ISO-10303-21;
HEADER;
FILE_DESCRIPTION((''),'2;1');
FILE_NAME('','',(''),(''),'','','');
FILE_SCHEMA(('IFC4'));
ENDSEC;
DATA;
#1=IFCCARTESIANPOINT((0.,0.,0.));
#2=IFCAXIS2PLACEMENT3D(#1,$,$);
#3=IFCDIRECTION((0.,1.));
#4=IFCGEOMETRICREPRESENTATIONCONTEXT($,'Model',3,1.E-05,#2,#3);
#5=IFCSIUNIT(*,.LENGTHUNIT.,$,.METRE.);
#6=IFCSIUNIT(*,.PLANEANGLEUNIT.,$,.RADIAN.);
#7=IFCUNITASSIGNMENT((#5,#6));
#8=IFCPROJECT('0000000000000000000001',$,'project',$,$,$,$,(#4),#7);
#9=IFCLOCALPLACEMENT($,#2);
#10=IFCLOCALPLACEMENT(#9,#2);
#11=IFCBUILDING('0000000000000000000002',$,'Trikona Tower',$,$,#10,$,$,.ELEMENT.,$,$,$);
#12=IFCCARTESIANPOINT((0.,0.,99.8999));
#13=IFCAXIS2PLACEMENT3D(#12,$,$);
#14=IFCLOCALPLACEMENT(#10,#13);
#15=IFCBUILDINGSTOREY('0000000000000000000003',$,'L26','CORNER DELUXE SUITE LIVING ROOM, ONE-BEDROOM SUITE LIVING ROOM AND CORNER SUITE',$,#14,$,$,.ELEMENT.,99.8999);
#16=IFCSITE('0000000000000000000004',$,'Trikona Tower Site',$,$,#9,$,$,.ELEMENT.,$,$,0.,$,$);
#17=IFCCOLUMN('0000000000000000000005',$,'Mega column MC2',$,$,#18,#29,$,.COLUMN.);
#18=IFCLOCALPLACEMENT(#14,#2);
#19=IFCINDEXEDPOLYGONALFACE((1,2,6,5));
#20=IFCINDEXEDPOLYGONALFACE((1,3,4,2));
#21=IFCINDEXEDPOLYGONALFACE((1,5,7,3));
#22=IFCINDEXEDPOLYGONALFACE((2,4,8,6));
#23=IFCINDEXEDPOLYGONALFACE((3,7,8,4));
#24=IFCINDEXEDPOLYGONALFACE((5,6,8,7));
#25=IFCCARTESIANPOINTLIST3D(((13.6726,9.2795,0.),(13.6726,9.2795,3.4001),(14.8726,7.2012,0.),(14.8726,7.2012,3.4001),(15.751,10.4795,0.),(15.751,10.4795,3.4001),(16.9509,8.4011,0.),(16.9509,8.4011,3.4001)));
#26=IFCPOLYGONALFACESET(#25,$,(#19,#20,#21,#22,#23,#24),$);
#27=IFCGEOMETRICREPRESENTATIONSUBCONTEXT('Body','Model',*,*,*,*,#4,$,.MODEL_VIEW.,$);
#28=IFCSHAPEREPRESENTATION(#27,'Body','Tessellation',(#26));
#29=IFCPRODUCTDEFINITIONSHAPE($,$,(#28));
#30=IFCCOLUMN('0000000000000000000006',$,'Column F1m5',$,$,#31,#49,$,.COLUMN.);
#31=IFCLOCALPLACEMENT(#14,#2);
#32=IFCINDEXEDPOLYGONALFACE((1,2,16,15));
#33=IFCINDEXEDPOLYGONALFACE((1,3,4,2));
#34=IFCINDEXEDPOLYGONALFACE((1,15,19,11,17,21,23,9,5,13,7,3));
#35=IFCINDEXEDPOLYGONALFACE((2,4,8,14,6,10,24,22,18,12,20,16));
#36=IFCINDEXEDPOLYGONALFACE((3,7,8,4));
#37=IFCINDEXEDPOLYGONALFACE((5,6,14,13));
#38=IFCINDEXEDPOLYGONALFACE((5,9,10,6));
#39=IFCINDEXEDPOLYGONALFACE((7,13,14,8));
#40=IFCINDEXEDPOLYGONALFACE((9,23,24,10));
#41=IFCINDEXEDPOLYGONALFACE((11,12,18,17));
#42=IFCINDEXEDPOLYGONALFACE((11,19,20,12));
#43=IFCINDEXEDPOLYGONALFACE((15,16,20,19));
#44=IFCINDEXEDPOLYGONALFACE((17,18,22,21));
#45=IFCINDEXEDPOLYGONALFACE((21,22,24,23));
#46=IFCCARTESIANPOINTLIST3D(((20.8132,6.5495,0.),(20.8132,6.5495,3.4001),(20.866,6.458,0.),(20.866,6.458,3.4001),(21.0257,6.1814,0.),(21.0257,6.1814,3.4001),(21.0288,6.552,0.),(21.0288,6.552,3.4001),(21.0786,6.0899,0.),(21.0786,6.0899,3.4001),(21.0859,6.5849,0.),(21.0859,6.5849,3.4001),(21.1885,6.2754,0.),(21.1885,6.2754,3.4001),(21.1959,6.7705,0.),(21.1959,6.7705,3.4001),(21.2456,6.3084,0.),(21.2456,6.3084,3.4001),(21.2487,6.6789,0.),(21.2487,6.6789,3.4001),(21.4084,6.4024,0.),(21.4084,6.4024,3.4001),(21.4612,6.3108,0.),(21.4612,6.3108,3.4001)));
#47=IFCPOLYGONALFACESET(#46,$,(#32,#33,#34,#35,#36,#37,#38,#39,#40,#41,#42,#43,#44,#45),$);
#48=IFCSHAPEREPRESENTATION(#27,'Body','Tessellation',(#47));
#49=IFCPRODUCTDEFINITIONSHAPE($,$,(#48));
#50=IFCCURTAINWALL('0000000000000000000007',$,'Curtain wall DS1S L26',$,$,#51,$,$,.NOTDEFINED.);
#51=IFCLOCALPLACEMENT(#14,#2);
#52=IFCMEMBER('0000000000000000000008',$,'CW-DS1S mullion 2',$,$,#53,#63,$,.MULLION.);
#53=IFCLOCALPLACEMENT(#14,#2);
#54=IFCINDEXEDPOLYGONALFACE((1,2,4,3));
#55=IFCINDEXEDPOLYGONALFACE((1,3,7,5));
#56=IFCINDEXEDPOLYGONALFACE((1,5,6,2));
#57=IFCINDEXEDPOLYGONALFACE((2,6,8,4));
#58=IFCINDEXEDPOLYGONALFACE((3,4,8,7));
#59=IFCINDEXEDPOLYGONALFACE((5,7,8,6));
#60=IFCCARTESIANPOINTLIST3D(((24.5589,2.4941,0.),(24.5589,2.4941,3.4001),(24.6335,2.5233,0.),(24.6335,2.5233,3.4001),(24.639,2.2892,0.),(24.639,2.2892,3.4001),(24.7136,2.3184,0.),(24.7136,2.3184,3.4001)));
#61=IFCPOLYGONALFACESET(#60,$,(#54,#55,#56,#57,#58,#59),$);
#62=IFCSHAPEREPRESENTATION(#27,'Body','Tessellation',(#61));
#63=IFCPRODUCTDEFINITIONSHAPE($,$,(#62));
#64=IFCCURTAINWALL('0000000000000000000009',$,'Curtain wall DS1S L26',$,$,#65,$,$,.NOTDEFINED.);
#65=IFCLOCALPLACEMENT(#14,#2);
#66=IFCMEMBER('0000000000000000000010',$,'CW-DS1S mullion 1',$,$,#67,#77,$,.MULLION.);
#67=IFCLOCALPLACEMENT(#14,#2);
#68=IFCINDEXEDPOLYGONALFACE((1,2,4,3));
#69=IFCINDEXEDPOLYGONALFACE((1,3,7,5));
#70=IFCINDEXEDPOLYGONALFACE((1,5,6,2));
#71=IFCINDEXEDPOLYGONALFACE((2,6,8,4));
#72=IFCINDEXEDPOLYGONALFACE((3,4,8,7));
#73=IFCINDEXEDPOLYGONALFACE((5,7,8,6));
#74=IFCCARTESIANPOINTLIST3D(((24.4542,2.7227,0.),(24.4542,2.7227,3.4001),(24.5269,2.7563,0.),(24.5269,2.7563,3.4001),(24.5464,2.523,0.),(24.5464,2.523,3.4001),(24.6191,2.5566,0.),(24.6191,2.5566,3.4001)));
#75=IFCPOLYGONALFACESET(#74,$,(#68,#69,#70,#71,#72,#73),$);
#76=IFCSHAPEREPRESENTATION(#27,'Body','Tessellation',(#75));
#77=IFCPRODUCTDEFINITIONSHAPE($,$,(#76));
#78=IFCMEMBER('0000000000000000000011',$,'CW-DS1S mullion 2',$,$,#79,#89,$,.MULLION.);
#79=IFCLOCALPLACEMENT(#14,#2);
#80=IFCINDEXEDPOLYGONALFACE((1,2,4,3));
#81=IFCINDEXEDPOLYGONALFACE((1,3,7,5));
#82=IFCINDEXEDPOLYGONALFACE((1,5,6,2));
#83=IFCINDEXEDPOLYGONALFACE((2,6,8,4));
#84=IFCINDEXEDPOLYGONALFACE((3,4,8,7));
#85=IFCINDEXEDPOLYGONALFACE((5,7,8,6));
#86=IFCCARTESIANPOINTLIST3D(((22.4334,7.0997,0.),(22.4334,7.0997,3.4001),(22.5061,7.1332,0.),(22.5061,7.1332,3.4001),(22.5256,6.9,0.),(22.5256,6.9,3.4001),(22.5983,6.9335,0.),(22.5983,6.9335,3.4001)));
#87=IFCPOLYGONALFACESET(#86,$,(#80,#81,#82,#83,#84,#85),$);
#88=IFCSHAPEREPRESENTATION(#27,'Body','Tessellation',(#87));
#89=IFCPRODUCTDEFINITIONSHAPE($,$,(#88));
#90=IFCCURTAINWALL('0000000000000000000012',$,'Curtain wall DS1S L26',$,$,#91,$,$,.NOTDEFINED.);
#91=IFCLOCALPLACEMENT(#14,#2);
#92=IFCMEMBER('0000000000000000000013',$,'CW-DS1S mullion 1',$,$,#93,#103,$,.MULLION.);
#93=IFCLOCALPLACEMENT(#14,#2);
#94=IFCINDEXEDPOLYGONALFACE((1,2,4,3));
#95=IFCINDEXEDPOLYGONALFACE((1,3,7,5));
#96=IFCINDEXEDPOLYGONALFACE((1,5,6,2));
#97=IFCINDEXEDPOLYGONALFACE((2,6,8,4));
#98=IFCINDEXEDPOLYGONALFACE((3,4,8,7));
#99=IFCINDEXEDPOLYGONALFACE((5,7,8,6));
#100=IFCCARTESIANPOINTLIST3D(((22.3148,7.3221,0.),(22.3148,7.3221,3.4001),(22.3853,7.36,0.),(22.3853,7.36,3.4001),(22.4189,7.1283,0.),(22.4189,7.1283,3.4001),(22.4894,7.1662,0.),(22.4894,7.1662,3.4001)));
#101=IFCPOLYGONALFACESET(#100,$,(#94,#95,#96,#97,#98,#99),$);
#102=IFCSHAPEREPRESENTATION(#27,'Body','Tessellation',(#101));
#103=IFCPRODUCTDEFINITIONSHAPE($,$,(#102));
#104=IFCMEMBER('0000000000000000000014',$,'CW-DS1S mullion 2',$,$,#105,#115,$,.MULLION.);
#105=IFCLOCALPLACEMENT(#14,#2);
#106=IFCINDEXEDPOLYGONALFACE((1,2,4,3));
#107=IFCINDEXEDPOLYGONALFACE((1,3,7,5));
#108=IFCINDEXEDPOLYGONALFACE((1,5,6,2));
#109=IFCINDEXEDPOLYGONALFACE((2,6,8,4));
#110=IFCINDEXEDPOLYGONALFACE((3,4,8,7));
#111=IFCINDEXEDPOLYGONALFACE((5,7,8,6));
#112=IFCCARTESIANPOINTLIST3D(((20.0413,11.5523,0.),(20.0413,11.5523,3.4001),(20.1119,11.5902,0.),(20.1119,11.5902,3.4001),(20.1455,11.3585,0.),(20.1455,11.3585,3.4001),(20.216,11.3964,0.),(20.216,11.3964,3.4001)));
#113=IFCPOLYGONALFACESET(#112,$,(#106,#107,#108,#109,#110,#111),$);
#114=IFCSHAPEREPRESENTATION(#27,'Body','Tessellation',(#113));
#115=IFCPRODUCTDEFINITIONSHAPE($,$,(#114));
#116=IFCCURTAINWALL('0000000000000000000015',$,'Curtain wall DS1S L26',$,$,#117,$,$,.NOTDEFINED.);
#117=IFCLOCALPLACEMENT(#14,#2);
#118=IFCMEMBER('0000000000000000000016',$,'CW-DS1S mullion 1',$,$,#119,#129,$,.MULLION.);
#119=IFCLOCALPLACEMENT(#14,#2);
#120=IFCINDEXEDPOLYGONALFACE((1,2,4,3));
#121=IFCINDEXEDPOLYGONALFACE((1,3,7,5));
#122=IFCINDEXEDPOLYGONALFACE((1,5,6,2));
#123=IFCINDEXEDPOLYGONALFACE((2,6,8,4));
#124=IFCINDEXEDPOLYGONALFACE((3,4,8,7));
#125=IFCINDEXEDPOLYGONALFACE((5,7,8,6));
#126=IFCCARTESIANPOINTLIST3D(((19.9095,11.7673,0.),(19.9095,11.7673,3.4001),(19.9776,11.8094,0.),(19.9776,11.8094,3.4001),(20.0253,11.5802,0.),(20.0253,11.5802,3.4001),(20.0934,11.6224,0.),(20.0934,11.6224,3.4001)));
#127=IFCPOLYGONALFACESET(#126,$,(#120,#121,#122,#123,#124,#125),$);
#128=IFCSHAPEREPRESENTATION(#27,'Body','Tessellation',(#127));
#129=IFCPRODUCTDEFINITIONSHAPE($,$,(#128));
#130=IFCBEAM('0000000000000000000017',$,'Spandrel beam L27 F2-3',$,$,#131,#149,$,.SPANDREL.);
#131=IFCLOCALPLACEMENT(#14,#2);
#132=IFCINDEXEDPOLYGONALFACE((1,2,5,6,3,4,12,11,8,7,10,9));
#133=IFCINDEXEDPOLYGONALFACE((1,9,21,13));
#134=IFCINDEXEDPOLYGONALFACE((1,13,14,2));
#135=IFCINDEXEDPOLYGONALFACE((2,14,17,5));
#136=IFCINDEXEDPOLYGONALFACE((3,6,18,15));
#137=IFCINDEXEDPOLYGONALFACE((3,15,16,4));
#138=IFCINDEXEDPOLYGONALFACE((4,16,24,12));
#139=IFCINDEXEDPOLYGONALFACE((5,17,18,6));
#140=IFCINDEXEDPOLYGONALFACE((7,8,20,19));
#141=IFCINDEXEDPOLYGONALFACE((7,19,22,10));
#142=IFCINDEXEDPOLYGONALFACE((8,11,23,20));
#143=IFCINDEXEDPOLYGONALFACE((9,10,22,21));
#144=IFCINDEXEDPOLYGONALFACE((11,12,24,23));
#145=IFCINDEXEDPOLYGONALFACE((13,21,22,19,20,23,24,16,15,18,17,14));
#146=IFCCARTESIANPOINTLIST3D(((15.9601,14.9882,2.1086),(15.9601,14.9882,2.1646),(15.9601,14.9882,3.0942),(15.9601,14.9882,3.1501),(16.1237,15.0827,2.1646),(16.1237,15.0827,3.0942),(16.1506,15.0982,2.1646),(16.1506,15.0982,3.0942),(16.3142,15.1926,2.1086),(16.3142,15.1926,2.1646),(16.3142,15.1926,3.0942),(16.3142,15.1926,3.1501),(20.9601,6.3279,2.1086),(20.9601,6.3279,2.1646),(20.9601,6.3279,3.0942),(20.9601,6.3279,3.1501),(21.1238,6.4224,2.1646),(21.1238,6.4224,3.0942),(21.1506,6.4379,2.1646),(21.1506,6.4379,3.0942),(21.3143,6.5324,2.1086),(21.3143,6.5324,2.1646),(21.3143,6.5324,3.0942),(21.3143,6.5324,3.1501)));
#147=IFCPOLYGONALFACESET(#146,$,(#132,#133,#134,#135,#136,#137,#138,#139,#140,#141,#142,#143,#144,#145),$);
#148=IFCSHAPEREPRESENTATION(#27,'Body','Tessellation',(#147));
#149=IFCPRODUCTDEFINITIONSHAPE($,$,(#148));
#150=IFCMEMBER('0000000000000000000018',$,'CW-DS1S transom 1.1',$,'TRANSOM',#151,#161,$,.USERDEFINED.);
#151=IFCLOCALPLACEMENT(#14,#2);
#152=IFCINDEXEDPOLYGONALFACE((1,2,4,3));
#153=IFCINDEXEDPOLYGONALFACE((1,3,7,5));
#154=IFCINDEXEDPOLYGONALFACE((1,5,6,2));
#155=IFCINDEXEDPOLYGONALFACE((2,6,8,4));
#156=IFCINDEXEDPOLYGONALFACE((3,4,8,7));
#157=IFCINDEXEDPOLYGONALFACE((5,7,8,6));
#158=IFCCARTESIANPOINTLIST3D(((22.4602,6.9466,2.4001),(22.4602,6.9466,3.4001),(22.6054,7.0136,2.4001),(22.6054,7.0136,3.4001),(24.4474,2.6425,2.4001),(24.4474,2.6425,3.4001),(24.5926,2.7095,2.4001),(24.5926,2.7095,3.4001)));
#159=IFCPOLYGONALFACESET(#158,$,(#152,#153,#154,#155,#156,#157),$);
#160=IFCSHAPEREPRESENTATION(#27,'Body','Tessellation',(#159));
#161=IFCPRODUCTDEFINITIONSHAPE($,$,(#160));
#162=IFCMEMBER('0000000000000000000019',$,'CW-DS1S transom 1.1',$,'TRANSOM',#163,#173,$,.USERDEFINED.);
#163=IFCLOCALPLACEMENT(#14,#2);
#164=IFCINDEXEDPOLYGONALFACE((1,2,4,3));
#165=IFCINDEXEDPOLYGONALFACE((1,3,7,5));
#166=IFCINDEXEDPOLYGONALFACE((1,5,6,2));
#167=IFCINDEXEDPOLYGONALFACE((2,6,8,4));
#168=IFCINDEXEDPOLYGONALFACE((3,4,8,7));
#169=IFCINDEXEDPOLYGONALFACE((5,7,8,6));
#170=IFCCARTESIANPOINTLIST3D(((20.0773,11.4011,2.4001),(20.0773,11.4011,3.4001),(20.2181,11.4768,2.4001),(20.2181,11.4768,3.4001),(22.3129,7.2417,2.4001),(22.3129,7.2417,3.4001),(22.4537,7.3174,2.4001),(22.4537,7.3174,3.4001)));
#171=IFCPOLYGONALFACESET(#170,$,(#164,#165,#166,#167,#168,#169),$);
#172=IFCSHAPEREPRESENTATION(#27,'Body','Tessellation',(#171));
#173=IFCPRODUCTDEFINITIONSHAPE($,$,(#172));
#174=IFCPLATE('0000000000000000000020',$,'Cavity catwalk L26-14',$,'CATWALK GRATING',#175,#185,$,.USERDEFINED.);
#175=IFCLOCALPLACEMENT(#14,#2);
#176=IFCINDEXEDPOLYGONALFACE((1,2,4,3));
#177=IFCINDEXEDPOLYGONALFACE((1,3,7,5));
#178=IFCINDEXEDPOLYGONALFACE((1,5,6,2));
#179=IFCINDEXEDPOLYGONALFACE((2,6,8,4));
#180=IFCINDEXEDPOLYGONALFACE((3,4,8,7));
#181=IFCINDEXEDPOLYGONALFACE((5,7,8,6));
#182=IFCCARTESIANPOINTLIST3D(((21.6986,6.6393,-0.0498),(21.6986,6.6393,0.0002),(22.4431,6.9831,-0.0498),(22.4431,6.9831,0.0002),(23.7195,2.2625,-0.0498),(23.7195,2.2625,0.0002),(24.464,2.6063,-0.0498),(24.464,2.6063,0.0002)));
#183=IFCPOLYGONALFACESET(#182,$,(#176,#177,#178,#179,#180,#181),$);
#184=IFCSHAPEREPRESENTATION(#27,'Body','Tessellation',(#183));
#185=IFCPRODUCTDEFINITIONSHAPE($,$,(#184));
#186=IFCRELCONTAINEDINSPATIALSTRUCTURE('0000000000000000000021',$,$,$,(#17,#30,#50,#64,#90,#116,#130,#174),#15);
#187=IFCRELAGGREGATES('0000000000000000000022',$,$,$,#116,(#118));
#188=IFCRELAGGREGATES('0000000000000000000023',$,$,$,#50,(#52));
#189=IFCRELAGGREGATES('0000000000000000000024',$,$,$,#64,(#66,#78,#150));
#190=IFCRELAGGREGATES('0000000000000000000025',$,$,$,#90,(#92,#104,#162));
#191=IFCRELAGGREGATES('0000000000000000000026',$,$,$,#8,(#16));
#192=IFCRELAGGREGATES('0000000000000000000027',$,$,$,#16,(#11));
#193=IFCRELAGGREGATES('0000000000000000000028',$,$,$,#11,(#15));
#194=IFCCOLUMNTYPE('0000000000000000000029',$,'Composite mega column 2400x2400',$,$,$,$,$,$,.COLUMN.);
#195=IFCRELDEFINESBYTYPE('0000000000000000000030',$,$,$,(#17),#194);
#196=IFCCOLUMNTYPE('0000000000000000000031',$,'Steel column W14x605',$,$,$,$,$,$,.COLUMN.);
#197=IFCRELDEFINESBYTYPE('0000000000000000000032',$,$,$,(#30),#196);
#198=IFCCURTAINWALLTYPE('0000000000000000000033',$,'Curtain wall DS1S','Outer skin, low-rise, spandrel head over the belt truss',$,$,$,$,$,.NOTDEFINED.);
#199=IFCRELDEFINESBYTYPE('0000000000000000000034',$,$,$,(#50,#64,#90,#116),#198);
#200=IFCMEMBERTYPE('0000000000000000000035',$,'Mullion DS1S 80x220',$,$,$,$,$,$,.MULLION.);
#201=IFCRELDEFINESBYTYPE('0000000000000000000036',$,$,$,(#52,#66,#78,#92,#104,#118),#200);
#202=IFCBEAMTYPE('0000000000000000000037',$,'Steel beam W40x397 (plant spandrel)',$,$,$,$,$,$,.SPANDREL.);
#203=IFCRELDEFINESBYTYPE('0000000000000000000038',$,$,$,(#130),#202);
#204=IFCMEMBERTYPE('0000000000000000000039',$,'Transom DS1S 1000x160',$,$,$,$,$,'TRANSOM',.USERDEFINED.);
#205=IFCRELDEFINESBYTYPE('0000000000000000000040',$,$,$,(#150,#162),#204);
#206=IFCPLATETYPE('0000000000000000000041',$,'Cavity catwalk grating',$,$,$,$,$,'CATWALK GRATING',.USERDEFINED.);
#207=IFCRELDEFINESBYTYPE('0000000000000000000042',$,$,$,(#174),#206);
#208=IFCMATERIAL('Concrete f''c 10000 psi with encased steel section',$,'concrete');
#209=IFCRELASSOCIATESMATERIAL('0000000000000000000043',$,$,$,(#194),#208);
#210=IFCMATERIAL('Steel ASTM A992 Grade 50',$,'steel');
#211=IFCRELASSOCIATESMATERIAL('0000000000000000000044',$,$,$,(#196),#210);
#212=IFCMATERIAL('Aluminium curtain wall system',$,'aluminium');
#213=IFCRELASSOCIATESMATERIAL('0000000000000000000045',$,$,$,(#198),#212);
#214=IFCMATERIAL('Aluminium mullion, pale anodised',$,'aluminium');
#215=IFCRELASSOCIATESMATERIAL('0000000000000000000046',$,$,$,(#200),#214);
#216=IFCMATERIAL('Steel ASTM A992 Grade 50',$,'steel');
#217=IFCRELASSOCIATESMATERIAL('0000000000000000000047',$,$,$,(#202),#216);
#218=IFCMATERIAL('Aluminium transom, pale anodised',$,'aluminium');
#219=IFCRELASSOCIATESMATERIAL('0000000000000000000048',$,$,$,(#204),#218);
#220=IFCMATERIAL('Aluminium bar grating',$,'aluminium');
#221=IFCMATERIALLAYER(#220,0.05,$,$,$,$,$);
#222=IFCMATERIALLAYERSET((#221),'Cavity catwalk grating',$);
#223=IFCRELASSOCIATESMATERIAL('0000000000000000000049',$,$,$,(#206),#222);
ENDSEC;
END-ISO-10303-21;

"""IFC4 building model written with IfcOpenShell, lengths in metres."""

from ifc_helpers import new_model, si_unit, direction, frame, origin, origin_2d, place, context, subcontext, project, spatial, rectangle, i_section, extrude, material, layer, layer_set, material_profile, profile_set, type_object, element, aggregate, save


model = new_model("IFC4")

# Units and contexts
model_context = context("Model", 3, precision=1e-05, world=origin(), true_north=direction((0.0, 1.0)))
body_context = subcontext(model_context, "Body", "Model", "MODEL_VIEW")
ifc_project = project(units=[si_unit("LENGTHUNIT", "METRE"), si_unit("PLANEANGLEUNIT", "RADIAN")], contexts=[model_context])

# Site, building, storey
site_placement = place(None, origin())
site = spatial("IfcSite", under=ifc_project, at=site_placement, Name="Trikona Tower Site", CompositionType="ELEMENT", RefElevation=0.0)
building_placement = place(site_placement, origin())
building = spatial("IfcBuilding", under=site, at=building_placement, Name="Trikona Tower", CompositionType="ELEMENT")
storey_placement = place(building_placement, frame((0.0, 0.0, 99.8999)))
storey = spatial("IfcBuildingStorey", under=building, at=storey_placement, Name="L26", Description="CORNER DELUXE SUITE LIVING ROOM, ONE-BEDROOM SUITE LIVING ROOM AND CORNER SUITE", CompositionType="ELEMENT", Elevation=99.8999)

# Columns
ifc_material_1 = material(Name="Concrete f'c 10000 psi with encased steel section", Category="concrete")
ifc_material_profile_1 = material_profile(ifc_material_1, rectangle(XDim=2.3999, YDim=2.3999, at=origin_2d()), Name="MC2400")
ifc_profile_set_1 = profile_set([ifc_material_profile_1], Name="Concrete f'c 10000 psi with encased steel section")
column_type_1 = type_object("IfcColumnType", Name="Composite mega column 2400x2400", PredefinedType="COLUMN", material=ifc_profile_set_1)
column_1_placement = place(storey_placement, frame((15.3118, 8.8403, 0.0), z_axis=(0.0, 0.0, 1.0), x_axis=(0.866025, 0.5, 0.0)))
element("IfcColumn", 1, at=column_1_placement, inside=storey, type_object=column_type_1, Name="Mega column MC2", PredefinedType="COLUMN", context=body_context, shape_type="SweptSolid", body=[
    extrude(rectangle(XDim=2.3999, YDim=2.3999, at=origin_2d()), origin(), (0.0, 0.0, 1.0), 3.4001),
])
ifc_material_2 = material(Name="Steel ASTM A992 Grade 50", Category="steel")
ifc_material_profile_2 = material_profile(ifc_material_2, i_section(OverallWidth=0.4419, OverallDepth=0.5308, WebThickness=0.0659, FlangeThickness=0.1057, at=origin_2d()), Name="W14X605")
ifc_profile_set_2 = profile_set([ifc_material_profile_2], Name="Steel ASTM A992 Grade 50")
column_type_2 = type_object("IfcColumnType", Name="Steel column W14x605", PredefinedType="COLUMN", material=ifc_profile_set_2)
column_2_placement = place(storey_placement, frame((21.1372, 6.4302, 0.0), z_axis=(0.0, 0.0, 1.0), x_axis=(0.866025, 0.5, 0.0)))
element("IfcColumn", 2, at=column_2_placement, inside=storey, type_object=column_type_2, Name="Column F1m5", PredefinedType="COLUMN", context=body_context, shape_type="SweptSolid", body=[
    extrude(i_section(OverallWidth=0.4419, OverallDepth=0.5308, WebThickness=0.0659, FlangeThickness=0.1057, at=origin_2d()), origin(), (0.0, 0.0, 1.0), 3.4001),
])

# Curtain wall, member
ifc_material_3 = material(Name="Aluminium curtain wall system", Category="aluminium")
curtain_wall_type = type_object("IfcCurtainWallType", Name="Curtain wall DS1S", Description="Outer skin, low-rise, spandrel head over the belt truss", PredefinedType="NOTDEFINED", material=ifc_material_3)
curtain_wall_1_placement = place(storey_placement, origin())
curtain_wall_1 = element("IfcCurtainWall", 3, at=curtain_wall_1_placement, inside=storey, type_object=curtain_wall_type, Name="Curtain wall DS1S L26", PredefinedType="NOTDEFINED")
ifc_material_4 = material(Name="Aluminium mullion, pale anodised", Category="aluminium")
ifc_material_profile_3 = material_profile(ifc_material_4, rectangle(XDim=0.0801, YDim=0.22, at=origin_2d()), Name="MUL-DS1S")
ifc_profile_set_3 = profile_set([ifc_material_profile_3], Name="Aluminium mullion, pale anodised")
member_type_1 = type_object("IfcMemberType", Name="Mullion DS1S 80x220", PredefinedType="MULLION", material=ifc_profile_set_3)
member_1_placement = place(storey_placement, frame((24.6362, 2.4062, 0.0), z_axis=(0.0, 0.0, 1.0), x_axis=(-0.931396, -0.364008, 0.0)))
member_1 = element("IfcMember", 4, at=member_1_placement, type_object=member_type_1, Name="CW-DS1S mullion 2", PredefinedType="MULLION", context=body_context, shape_type="SweptSolid", body=[
    extrude(rectangle(XDim=0.0801, YDim=0.22, at=origin_2d()), origin(), (0.0, 0.0, 1.0), 3.4001),
])

# Curtain walls, members
curtain_wall_2_placement = place(storey_placement, origin())
curtain_wall_2 = element("IfcCurtainWall", 5, at=curtain_wall_2_placement, inside=storey, type_object=curtain_wall_type, Name="Curtain wall DS1S L26", PredefinedType="NOTDEFINED")
member_2_placement = place(storey_placement, frame((24.5366, 2.6396, 0.0), z_axis=(0.0, 0.0, 1.0), x_axis=(-0.907898, -0.41919, 0.0)))
member_2 = element("IfcMember", 6, at=member_2_placement, type_object=member_type_1, Name="CW-DS1S mullion 1", PredefinedType="MULLION", context=body_context, shape_type="SweptSolid", body=[
    extrude(rectangle(XDim=0.0801, YDim=0.22, at=origin_2d()), origin(), (0.0, 0.0, 1.0), 3.4001),
])
member_3_placement = place(storey_placement, frame((22.5159, 7.0166, 0.0), z_axis=(0.0, 0.0, 1.0), x_axis=(-0.907898, -0.41919, 0.0)))
member_3 = element("IfcMember", 7, at=member_3_placement, type_object=member_type_1, Name="CW-DS1S mullion 2", PredefinedType="MULLION", context=body_context, shape_type="SweptSolid", body=[
    extrude(rectangle(XDim=0.0801, YDim=0.22, at=origin_2d()), origin(), (0.0, 0.0, 1.0), 3.4001),
])
curtain_wall_3_placement = place(storey_placement, origin())
curtain_wall_3 = element("IfcCurtainWall", 8, at=curtain_wall_3_placement, inside=storey, type_object=curtain_wall_type, Name="Curtain wall DS1S L26", PredefinedType="NOTDEFINED")
member_4_placement = place(storey_placement, frame((22.4021, 7.2441, 0.0), z_axis=(0.0, 0.0, 1.0), x_axis=(-0.880843, -0.473408, 0.0)))
member_4 = element("IfcMember", 9, at=member_4_placement, type_object=member_type_1, Name="CW-DS1S mullion 1", PredefinedType="MULLION", context=body_context, shape_type="SweptSolid", body=[
    extrude(rectangle(XDim=0.0801, YDim=0.22, at=origin_2d()), origin(), (0.0, 0.0, 1.0), 3.4001),
])
member_5_placement = place(storey_placement, frame((20.1287, 11.4744, 0.0), z_axis=(0.0, 0.0, 1.0), x_axis=(-0.880843, -0.473408, 0.0)))
member_5 = element("IfcMember", 10, at=member_5_placement, type_object=member_type_1, Name="CW-DS1S mullion 2", PredefinedType="MULLION", context=body_context, shape_type="SweptSolid", body=[
    extrude(rectangle(XDim=0.0801, YDim=0.22, at=origin_2d()), origin(), (0.0, 0.0, 1.0), 3.4001),
])

# Curtain wall, member
curtain_wall_4_placement = place(storey_placement, origin())
curtain_wall_4 = element("IfcCurtainWall", 11, at=curtain_wall_4_placement, inside=storey, type_object=curtain_wall_type, Name="Curtain wall DS1S L26", PredefinedType="NOTDEFINED")
member_6_placement = place(storey_placement, frame((20.0015, 11.6948, 0.0), z_axis=(0.0, 0.0, 1.0), x_axis=(-0.85041, -0.52612, 0.0)))
member_6 = element("IfcMember", 12, at=member_6_placement, type_object=member_type_1, Name="CW-DS1S mullion 1", PredefinedType="MULLION", context=body_context, shape_type="SweptSolid", body=[
    extrude(rectangle(XDim=0.0801, YDim=0.22, at=origin_2d()), origin(), (0.0, 0.0, 1.0), 3.4001),
])
aggregate(curtain_wall_4, [member_6])

# Beam
ifc_material_5 = material(Name="Steel ASTM A992 Grade 50", Category="steel")
ifc_material_profile_4 = material_profile(ifc_material_5, i_section(OverallWidth=0.4089, OverallDepth=1.0415, WebThickness=0.031, FlangeThickness=0.0559, at=origin_2d()), Name="W40X397")
ifc_profile_set_4 = profile_set([ifc_material_profile_4], Name="Steel ASTM A992 Grade 50")
beam_type = type_object("IfcBeamType", Name="Steel beam W40x397 (plant spandrel)", PredefinedType="SPANDREL", material=ifc_profile_set_4)
beam_placement = place(storey_placement, frame((21.1372, 6.4302, 2.6294), z_axis=(-0.500004, 0.866023, 0.0), x_axis=(-0.866023, -0.500004, 0.0)))
element("IfcBeam", 13, at=beam_placement, inside=storey, type_object=beam_type, Name="Spandrel beam L27 F2-3", PredefinedType="SPANDREL", context=body_context, shape_type="SweptSolid", body=[
    extrude(i_section(OverallWidth=0.4089, OverallDepth=1.0415, WebThickness=0.031, FlangeThickness=0.0559, at=origin_2d()), origin(), (0.0, 0.0, 1.0), 10.0),
])

# Members
ifc_material_6 = material(Name="Aluminium transom, pale anodised", Category="aluminium")
ifc_material_profile_5 = material_profile(ifc_material_6, rectangle(XDim=0.1599, YDim=1.0, at=origin_2d()), Name="TRN-DS1S")
ifc_profile_set_5 = profile_set([ifc_material_profile_5], Name="Aluminium transom, pale anodised")
member_type_2 = type_object("IfcMemberType", Name="Transom DS1S 1000x160", ElementType="TRANSOM", PredefinedType="USERDEFINED", material=ifc_profile_set_5)
member_7_placement = place(storey_placement, frame((24.52, 2.676, 2.9001), z_axis=(-0.419189, 0.907899, 0.0), x_axis=(-0.907899, -0.419189, 0.0)))
member_7 = element("IfcMember", 14, at=member_7_placement, type_object=member_type_2, Name="CW-DS1S transom 1.1", ObjectType="TRANSOM", PredefinedType="USERDEFINED", context=body_context, shape_type="SweptSolid", body=[
    extrude(rectangle(XDim=0.1599, YDim=1.0, at=origin_2d()), origin(), (0.0, 0.0, 1.0), 4.7407),
])
member_8_placement = place(storey_placement, frame((22.3833, 7.2795, 2.9001), z_axis=(-0.473428, 0.880833, 0.0), x_axis=(-0.880833, -0.473428, 0.0)))
member_8 = element("IfcMember", 15, at=member_8_placement, type_object=member_type_2, Name="CW-DS1S transom 1.1", ObjectType="TRANSOM", PredefinedType="USERDEFINED", context=body_context, shape_type="SweptSolid", body=[
    extrude(rectangle(XDim=0.1599, YDim=1.0, at=origin_2d()), origin(), (0.0, 0.0, 1.0), 4.7222),
])

# Plate
ifc_material_7 = material(Name="Aluminium bar grating", Category="aluminium")
ifc_layer_1 = layer(ifc_material_7, 0.05)
ifc_layer_set_1 = layer_set([ifc_layer_1], Name="Cavity catwalk grating")
plate_type_1 = type_object("IfcPlateType", Name="Cavity catwalk grating", ElementType="CATWALK GRATING", PredefinedType="USERDEFINED", material=ifc_layer_set_1)
plate_1_placement = place(storey_placement, frame((23.0813, 4.6228, -0.0498), z_axis=(0.0, 0.0, 1.0), x_axis=(-0.419194, 0.907897, 0.0)))
element("IfcPlate", 16, at=plate_1_placement, inside=storey, type_object=plate_type_1, Name="Cavity catwalk L26-14", ObjectType="CATWALK GRATING", PredefinedType="USERDEFINED", context=body_context, shape_type="SweptSolid", body=[
    extrude(rectangle(XDim=4.8208, YDim=0.8201, at=origin_2d()), origin(), (0.0, 0.0, 1.0), 0.05),
])

aggregate(curtain_wall_1, [member_1])
aggregate(curtain_wall_2, [member_2, member_3, member_7])
aggregate(curtain_wall_3, [member_4, member_5, member_8])

save(model, "model.ifc")
